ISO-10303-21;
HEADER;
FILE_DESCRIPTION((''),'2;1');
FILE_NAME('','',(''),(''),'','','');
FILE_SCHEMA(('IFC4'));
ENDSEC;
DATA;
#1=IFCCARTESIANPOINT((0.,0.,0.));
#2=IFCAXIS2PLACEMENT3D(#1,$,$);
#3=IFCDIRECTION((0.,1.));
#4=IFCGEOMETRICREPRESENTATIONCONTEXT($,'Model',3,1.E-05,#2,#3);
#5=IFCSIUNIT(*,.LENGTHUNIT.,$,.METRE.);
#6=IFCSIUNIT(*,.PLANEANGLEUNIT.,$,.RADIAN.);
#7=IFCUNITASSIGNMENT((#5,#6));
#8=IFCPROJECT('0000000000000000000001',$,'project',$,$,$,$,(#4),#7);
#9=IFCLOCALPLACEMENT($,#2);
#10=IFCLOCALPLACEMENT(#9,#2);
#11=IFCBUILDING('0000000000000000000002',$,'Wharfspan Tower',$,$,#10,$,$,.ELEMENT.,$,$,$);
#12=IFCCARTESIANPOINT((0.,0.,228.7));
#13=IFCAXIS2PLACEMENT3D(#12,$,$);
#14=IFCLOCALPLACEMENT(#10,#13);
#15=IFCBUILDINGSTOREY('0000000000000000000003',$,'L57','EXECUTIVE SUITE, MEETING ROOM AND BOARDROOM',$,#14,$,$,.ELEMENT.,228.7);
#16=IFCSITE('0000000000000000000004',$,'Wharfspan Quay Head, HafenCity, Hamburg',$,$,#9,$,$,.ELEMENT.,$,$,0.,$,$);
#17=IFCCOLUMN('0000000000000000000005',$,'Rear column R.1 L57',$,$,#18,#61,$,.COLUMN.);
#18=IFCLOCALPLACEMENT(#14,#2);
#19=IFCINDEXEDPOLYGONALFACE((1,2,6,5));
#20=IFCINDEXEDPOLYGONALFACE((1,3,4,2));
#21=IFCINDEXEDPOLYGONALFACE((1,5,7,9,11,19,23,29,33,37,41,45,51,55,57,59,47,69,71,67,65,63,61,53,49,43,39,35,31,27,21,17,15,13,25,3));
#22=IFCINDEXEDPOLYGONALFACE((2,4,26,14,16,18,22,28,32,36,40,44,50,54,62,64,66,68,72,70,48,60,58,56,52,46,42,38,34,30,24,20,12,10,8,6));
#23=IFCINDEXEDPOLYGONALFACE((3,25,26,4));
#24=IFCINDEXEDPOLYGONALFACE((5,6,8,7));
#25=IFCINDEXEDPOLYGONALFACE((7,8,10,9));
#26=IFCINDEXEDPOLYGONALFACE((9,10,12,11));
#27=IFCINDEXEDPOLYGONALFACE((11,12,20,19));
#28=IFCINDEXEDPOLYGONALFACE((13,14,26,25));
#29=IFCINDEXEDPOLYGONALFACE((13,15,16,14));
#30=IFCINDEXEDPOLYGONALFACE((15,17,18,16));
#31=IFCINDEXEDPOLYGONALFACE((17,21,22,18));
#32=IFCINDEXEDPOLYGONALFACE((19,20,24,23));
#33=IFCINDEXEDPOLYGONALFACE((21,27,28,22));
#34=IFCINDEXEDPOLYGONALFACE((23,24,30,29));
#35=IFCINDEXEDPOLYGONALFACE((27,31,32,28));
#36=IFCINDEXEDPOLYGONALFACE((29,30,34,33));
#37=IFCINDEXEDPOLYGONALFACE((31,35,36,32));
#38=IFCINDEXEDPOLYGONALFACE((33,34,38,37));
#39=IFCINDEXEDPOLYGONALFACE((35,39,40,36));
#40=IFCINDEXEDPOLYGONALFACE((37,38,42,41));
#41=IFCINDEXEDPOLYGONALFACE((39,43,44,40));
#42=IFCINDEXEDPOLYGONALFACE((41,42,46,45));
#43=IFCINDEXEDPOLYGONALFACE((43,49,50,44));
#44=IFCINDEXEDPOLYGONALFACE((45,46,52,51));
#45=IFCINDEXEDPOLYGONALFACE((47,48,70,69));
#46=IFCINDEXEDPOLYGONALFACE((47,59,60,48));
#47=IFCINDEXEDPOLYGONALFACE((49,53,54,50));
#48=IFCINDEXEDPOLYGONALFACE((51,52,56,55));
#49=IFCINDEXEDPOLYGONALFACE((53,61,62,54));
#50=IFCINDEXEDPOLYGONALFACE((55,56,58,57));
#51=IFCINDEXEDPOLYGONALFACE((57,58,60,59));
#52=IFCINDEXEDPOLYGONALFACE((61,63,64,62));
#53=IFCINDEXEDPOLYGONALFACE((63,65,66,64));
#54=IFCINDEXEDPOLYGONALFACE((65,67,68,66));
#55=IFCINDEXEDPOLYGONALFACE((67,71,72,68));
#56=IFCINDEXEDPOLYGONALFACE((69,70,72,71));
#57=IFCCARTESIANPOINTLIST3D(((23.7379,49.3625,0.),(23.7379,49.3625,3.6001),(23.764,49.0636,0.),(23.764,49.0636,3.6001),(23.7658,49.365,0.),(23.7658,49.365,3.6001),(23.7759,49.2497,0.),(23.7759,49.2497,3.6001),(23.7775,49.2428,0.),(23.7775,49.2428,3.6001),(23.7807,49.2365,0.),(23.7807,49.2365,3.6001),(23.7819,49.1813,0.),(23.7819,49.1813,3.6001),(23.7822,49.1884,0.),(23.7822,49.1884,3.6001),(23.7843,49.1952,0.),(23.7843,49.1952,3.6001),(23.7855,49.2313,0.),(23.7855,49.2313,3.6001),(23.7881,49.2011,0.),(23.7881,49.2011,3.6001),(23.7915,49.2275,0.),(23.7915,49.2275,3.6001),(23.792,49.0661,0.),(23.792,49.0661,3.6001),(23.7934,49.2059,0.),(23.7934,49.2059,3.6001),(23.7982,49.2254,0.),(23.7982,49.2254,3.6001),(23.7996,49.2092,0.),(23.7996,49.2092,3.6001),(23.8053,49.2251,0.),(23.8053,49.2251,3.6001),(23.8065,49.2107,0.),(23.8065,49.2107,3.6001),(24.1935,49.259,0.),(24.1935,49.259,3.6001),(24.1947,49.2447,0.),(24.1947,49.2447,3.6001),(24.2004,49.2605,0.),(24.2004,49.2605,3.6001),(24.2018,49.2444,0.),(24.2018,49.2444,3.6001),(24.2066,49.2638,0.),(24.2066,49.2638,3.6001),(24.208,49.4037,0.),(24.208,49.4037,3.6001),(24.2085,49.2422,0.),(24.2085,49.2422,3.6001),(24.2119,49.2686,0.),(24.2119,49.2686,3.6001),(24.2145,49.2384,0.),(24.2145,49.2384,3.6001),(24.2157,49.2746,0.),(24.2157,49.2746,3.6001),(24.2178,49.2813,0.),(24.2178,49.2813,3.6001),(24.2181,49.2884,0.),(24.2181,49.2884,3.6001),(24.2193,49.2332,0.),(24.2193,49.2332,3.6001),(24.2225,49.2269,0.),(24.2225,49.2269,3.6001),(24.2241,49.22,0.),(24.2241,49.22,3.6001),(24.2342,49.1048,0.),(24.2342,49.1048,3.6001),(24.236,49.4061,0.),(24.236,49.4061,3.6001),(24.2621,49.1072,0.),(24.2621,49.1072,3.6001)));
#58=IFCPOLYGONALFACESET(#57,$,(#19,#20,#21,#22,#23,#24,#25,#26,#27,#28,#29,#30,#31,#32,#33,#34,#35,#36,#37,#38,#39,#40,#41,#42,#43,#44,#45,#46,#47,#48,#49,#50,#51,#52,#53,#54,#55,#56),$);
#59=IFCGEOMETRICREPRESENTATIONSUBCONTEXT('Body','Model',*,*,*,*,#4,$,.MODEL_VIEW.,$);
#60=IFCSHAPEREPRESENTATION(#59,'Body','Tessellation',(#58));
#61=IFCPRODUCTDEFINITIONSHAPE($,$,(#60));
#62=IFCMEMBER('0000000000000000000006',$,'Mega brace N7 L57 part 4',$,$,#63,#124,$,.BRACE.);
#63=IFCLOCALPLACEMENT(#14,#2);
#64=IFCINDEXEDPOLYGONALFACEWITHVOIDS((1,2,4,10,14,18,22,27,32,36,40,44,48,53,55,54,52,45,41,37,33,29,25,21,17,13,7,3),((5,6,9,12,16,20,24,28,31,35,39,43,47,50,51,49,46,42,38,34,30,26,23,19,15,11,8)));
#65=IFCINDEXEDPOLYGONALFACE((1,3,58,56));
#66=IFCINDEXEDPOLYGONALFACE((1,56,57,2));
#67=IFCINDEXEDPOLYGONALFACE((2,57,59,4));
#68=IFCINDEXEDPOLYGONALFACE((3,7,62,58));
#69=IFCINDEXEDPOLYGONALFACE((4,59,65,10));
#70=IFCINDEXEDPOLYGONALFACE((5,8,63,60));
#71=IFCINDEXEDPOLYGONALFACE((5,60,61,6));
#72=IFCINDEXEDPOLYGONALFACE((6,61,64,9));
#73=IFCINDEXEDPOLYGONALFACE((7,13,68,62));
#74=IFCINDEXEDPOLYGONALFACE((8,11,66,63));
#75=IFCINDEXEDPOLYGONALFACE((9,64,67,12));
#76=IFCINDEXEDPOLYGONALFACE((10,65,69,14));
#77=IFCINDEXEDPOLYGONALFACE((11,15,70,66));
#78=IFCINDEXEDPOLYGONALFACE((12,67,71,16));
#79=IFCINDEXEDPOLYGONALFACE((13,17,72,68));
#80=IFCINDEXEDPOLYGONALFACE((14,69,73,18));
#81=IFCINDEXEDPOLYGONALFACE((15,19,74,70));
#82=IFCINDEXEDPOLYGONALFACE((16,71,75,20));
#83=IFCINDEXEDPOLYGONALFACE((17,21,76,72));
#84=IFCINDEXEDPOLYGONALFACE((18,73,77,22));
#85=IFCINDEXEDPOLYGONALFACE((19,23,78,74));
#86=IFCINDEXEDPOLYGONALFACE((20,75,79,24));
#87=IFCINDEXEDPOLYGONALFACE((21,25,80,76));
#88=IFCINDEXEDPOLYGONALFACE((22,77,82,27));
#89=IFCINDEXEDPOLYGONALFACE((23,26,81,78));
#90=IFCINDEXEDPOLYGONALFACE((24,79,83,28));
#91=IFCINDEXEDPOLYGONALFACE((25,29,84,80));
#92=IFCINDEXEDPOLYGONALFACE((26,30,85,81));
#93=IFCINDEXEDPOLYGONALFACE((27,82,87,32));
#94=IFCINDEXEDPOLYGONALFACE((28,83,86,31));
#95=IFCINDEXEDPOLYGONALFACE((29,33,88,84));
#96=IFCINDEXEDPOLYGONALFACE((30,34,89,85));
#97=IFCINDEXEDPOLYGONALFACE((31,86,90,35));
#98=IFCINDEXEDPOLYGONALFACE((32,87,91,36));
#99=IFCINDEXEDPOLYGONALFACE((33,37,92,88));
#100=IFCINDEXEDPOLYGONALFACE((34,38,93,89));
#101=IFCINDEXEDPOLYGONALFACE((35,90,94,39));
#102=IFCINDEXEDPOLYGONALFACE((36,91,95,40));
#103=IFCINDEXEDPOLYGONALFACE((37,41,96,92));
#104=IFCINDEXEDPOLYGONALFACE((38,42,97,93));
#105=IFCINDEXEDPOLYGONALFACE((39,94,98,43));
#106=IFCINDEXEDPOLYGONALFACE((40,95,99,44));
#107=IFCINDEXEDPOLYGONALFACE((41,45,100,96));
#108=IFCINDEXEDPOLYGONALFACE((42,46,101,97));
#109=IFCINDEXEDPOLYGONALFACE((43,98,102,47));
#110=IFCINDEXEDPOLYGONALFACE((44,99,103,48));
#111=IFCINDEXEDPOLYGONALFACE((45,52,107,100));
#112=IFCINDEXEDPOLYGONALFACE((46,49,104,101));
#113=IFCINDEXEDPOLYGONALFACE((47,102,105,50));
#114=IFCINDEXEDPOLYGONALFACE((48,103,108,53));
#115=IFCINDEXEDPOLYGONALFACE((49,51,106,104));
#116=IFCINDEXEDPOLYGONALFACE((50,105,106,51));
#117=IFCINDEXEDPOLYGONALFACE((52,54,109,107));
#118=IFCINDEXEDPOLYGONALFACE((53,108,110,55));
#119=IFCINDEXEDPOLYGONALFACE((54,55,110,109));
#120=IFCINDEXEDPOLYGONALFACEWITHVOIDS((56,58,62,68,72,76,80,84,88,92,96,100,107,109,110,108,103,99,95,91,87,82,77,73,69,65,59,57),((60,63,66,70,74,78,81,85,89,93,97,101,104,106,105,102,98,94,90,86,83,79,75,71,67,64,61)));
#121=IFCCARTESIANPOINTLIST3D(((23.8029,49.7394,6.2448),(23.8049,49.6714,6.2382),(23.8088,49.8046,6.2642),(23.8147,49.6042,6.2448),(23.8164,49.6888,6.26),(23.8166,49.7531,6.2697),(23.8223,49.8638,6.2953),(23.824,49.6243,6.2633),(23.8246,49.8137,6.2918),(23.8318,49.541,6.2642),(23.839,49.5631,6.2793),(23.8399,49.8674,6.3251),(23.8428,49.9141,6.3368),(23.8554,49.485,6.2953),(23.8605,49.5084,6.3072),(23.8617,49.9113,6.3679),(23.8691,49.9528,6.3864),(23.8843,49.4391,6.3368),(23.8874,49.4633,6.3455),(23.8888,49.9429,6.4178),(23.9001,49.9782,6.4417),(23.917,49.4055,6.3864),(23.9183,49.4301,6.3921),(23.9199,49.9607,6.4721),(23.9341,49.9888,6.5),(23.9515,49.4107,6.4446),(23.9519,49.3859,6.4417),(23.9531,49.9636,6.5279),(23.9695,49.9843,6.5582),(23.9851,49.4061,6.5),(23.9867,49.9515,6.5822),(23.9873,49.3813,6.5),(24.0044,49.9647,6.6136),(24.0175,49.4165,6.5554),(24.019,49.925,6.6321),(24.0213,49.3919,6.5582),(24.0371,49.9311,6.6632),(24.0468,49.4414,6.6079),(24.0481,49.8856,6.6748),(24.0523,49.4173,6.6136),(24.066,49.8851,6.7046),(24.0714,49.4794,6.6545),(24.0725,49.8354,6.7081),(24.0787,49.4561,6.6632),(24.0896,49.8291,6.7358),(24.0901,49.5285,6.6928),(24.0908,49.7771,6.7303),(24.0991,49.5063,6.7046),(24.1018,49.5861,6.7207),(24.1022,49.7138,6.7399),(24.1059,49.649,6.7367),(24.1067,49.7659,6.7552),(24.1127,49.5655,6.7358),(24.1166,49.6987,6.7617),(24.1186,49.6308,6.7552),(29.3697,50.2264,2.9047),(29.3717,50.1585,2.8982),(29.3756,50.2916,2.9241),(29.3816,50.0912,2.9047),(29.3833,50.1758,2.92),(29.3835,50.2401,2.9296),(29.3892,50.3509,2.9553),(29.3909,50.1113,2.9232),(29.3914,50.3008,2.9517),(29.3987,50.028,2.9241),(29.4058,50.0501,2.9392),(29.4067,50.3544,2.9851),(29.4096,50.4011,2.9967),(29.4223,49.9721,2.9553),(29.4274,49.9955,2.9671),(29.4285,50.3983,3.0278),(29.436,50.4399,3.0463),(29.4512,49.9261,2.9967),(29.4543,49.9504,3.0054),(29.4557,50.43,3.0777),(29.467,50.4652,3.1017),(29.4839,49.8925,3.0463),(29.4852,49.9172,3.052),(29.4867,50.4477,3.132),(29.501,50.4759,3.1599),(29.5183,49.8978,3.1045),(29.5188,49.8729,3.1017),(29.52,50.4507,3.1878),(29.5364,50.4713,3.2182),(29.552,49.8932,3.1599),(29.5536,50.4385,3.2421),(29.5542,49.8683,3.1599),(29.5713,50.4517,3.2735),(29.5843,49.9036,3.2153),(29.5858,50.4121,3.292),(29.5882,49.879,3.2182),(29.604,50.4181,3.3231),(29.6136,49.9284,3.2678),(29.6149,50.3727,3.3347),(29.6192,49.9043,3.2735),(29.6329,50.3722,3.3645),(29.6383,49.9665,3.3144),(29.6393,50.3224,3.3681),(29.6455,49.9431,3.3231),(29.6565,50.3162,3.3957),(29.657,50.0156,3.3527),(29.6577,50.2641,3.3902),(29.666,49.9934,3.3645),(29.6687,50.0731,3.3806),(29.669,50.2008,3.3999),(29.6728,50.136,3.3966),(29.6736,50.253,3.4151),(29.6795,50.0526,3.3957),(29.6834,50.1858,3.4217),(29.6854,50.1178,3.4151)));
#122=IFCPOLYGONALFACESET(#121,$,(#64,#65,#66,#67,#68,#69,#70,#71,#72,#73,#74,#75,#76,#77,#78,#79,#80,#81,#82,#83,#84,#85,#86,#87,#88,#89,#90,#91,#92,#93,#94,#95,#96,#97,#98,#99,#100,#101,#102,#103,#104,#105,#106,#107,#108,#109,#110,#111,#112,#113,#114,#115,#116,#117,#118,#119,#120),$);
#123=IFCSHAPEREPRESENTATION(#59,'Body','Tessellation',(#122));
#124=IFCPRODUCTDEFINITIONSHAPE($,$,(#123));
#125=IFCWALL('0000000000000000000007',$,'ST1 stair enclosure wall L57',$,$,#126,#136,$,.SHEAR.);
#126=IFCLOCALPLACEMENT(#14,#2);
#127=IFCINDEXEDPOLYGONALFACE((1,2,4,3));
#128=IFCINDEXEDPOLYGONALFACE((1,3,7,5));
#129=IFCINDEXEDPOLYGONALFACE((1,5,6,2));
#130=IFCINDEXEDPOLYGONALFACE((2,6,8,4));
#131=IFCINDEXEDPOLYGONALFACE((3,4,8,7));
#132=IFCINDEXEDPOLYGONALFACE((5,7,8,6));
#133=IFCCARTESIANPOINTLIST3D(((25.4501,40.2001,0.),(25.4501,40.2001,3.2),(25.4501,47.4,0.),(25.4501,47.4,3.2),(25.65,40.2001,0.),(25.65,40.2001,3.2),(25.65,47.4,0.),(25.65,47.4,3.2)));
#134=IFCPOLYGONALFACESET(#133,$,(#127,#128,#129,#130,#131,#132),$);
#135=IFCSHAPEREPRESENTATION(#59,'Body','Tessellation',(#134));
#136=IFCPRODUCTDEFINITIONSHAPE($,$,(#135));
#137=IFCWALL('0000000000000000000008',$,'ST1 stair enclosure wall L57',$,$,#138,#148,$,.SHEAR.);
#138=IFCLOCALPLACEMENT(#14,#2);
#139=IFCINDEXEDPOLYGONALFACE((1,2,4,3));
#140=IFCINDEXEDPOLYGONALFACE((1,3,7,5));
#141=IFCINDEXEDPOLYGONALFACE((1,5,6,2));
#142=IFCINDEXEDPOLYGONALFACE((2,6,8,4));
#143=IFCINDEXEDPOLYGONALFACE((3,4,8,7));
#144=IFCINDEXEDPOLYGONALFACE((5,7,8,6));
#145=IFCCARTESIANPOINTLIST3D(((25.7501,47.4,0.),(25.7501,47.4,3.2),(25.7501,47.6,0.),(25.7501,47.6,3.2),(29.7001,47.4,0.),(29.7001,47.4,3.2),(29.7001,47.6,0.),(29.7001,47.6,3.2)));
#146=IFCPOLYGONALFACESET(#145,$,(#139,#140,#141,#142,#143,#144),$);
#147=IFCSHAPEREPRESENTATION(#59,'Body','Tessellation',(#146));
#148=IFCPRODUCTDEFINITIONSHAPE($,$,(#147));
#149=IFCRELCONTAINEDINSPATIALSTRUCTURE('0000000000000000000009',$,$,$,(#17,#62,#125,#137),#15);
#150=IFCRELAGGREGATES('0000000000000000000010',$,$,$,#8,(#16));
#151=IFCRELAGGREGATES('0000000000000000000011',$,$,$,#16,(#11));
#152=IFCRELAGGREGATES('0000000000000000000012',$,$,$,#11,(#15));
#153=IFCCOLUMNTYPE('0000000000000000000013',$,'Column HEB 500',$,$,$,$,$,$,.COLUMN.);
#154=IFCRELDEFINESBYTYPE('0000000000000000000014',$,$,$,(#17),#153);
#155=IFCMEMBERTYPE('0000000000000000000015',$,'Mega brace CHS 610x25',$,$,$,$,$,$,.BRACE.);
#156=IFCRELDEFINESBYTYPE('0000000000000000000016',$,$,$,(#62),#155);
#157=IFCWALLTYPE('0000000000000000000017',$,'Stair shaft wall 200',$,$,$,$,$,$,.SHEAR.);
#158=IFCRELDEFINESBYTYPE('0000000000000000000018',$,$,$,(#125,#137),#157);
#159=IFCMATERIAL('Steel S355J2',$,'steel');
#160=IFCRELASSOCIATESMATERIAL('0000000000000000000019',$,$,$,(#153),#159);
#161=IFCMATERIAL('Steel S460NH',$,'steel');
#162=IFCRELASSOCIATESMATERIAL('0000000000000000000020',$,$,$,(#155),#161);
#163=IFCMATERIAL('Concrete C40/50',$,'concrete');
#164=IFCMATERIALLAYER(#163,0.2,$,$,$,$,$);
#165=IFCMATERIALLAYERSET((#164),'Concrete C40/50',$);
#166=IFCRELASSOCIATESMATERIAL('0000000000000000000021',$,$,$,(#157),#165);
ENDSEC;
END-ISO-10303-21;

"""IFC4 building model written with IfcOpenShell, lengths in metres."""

from ifc_helpers import new_model, si_unit, direction, frame, frame_2d, origin, origin_2d, place, context, subcontext, project, spatial, rectangle, hollow_circle, i_section, extrude, material, layer, layer_set, material_profile, profile_set, type_object, element, save


model = new_model("IFC4")

# Units and contexts
model_context = context("Model", 3, precision=1e-05, world=origin(), true_north=direction((0.0, 1.0)))
body_context = subcontext(model_context, "Body", "Model", "MODEL_VIEW")
ifc_project = project(units=[si_unit("LENGTHUNIT", "METRE"), si_unit("PLANEANGLEUNIT", "RADIAN")], contexts=[model_context])

# Site, building, storey
site_placement = place(None, origin())
site = spatial("IfcSite", under=ifc_project, at=site_placement, Name="Wharfspan Quay Head, HafenCity, Hamburg", CompositionType="ELEMENT", RefElevation=0.0)
building_placement = place(site_placement, origin())
building = spatial("IfcBuilding", under=site, at=building_placement, Name="Wharfspan Tower", CompositionType="ELEMENT")
storey_placement = place(building_placement, frame((0.0, 0.0, 228.7)))
storey = spatial("IfcBuildingStorey", under=building, at=storey_placement, Name="L57", Description="EXECUTIVE SUITE, MEETING ROOM AND BOARDROOM", CompositionType="ELEMENT", Elevation=228.7)

# Column
ifc_material_1 = material(Name="Steel S355J2", Category="steel")
ifc_material_profile_1 = material_profile(ifc_material_1, i_section(OverallWidth=0.3, OverallDepth=0.5, WebThickness=0.0144, FlangeThickness=0.0281, FilletRadius=0.0271, at=origin_2d()))
ifc_profile_set_1 = profile_set([ifc_material_profile_1], Name="Steel S355J2")
column_type = type_object("IfcColumnType", Name="Column HEB 500", PredefinedType="COLUMN", material=ifc_profile_set_1)
column_placement = place(storey_placement, frame((24.0, 49.2349, 0.0), z_axis=(0.0, 0.0, 1.0), x_axis=(-0.087156, 0.996197, 0.0)))
element("IfcColumn", 1, at=column_placement, inside=storey, type_object=column_type, Name="Rear column R.1 L57", PredefinedType="COLUMN", context=body_context, shape_type="SweptSolid", body=[
    extrude(i_section(OverallWidth=0.3, OverallDepth=0.5, WebThickness=0.0144, FlangeThickness=0.0281, FilletRadius=0.0271, at=origin_2d()), origin(), (0.0, 0.0, 1.0), 3.6001),
])

# Member
ifc_material_2 = material(Name="Steel S460NH", Category="steel")
ifc_material_profile_2 = material_profile(ifc_material_2, hollow_circle(Radius=0.3049, WallThickness=0.0249, at=origin_2d()))
ifc_profile_set_2 = profile_set([ifc_material_profile_2], Name="Steel S460NH")
member_type = type_object("IfcMemberType", Name="Mega brace CHS 610x25", PredefinedType="BRACE", material=ifc_profile_set_2)
member_placement = place(storey_placement, frame((29.5276, 50.1721, 3.1599), z_axis=(-0.855093, -0.074814, 0.513048), x_axis=(0.087159, -0.996198, -0.000001)))
element("IfcMember", 2, at=member_placement, inside=storey, type_object=member_type, Name="Mega brace N7 L57 part 4", PredefinedType="BRACE", context=body_context, shape_type="SweptSolid", body=[
    extrude(hollow_circle(Radius=0.3049, WallThickness=0.0249, at=origin_2d()), origin(), (0.0, 0.0, 1.0), 6.5103),
])

# Walls
ifc_material_3 = material(Name="Concrete C40/50", Category="concrete")
ifc_layer = layer(ifc_material_3, 0.2)
ifc_layer_set = layer_set([ifc_layer], Name="Concrete C40/50")
wall_type = type_object("IfcWallType", Name="Stair shaft wall 200", PredefinedType="SHEAR", material=ifc_layer_set)
wall_1_placement = place(storey_placement, frame((25.55, 40.2, 0.0), z_axis=(0.0, 0.0, 1.0), x_axis=(0.0, 1.0, 0.0)))
element("IfcWall", 3, at=wall_1_placement, inside=storey, type_object=wall_type, Name="ST1 stair enclosure wall L57", PredefinedType="SHEAR", context=body_context, shape_type="SweptSolid", body=[
    extrude(rectangle(XDim=7.2, YDim=0.2, at=frame_2d((3.6001, 0.0))), origin(), (0.0, 0.0, 1.0), 3.2),
])
wall_2_placement = place(storey_placement, frame((25.75, 47.5, 0.0), z_axis=(0.0, 0.0, 1.0), x_axis=(1.0, 0.0, 0.0)))
element("IfcWall", 4, at=wall_2_placement, inside=storey, type_object=wall_type, Name="ST1 stair enclosure wall L57", PredefinedType="SHEAR", context=body_context, shape_type="SweptSolid", body=[
    extrude(rectangle(XDim=3.95, YDim=0.2, at=frame_2d((1.9751, 0.0))), origin(), (0.0, 0.0, 1.0), 3.2),
])

save(model, "model.ifc")
